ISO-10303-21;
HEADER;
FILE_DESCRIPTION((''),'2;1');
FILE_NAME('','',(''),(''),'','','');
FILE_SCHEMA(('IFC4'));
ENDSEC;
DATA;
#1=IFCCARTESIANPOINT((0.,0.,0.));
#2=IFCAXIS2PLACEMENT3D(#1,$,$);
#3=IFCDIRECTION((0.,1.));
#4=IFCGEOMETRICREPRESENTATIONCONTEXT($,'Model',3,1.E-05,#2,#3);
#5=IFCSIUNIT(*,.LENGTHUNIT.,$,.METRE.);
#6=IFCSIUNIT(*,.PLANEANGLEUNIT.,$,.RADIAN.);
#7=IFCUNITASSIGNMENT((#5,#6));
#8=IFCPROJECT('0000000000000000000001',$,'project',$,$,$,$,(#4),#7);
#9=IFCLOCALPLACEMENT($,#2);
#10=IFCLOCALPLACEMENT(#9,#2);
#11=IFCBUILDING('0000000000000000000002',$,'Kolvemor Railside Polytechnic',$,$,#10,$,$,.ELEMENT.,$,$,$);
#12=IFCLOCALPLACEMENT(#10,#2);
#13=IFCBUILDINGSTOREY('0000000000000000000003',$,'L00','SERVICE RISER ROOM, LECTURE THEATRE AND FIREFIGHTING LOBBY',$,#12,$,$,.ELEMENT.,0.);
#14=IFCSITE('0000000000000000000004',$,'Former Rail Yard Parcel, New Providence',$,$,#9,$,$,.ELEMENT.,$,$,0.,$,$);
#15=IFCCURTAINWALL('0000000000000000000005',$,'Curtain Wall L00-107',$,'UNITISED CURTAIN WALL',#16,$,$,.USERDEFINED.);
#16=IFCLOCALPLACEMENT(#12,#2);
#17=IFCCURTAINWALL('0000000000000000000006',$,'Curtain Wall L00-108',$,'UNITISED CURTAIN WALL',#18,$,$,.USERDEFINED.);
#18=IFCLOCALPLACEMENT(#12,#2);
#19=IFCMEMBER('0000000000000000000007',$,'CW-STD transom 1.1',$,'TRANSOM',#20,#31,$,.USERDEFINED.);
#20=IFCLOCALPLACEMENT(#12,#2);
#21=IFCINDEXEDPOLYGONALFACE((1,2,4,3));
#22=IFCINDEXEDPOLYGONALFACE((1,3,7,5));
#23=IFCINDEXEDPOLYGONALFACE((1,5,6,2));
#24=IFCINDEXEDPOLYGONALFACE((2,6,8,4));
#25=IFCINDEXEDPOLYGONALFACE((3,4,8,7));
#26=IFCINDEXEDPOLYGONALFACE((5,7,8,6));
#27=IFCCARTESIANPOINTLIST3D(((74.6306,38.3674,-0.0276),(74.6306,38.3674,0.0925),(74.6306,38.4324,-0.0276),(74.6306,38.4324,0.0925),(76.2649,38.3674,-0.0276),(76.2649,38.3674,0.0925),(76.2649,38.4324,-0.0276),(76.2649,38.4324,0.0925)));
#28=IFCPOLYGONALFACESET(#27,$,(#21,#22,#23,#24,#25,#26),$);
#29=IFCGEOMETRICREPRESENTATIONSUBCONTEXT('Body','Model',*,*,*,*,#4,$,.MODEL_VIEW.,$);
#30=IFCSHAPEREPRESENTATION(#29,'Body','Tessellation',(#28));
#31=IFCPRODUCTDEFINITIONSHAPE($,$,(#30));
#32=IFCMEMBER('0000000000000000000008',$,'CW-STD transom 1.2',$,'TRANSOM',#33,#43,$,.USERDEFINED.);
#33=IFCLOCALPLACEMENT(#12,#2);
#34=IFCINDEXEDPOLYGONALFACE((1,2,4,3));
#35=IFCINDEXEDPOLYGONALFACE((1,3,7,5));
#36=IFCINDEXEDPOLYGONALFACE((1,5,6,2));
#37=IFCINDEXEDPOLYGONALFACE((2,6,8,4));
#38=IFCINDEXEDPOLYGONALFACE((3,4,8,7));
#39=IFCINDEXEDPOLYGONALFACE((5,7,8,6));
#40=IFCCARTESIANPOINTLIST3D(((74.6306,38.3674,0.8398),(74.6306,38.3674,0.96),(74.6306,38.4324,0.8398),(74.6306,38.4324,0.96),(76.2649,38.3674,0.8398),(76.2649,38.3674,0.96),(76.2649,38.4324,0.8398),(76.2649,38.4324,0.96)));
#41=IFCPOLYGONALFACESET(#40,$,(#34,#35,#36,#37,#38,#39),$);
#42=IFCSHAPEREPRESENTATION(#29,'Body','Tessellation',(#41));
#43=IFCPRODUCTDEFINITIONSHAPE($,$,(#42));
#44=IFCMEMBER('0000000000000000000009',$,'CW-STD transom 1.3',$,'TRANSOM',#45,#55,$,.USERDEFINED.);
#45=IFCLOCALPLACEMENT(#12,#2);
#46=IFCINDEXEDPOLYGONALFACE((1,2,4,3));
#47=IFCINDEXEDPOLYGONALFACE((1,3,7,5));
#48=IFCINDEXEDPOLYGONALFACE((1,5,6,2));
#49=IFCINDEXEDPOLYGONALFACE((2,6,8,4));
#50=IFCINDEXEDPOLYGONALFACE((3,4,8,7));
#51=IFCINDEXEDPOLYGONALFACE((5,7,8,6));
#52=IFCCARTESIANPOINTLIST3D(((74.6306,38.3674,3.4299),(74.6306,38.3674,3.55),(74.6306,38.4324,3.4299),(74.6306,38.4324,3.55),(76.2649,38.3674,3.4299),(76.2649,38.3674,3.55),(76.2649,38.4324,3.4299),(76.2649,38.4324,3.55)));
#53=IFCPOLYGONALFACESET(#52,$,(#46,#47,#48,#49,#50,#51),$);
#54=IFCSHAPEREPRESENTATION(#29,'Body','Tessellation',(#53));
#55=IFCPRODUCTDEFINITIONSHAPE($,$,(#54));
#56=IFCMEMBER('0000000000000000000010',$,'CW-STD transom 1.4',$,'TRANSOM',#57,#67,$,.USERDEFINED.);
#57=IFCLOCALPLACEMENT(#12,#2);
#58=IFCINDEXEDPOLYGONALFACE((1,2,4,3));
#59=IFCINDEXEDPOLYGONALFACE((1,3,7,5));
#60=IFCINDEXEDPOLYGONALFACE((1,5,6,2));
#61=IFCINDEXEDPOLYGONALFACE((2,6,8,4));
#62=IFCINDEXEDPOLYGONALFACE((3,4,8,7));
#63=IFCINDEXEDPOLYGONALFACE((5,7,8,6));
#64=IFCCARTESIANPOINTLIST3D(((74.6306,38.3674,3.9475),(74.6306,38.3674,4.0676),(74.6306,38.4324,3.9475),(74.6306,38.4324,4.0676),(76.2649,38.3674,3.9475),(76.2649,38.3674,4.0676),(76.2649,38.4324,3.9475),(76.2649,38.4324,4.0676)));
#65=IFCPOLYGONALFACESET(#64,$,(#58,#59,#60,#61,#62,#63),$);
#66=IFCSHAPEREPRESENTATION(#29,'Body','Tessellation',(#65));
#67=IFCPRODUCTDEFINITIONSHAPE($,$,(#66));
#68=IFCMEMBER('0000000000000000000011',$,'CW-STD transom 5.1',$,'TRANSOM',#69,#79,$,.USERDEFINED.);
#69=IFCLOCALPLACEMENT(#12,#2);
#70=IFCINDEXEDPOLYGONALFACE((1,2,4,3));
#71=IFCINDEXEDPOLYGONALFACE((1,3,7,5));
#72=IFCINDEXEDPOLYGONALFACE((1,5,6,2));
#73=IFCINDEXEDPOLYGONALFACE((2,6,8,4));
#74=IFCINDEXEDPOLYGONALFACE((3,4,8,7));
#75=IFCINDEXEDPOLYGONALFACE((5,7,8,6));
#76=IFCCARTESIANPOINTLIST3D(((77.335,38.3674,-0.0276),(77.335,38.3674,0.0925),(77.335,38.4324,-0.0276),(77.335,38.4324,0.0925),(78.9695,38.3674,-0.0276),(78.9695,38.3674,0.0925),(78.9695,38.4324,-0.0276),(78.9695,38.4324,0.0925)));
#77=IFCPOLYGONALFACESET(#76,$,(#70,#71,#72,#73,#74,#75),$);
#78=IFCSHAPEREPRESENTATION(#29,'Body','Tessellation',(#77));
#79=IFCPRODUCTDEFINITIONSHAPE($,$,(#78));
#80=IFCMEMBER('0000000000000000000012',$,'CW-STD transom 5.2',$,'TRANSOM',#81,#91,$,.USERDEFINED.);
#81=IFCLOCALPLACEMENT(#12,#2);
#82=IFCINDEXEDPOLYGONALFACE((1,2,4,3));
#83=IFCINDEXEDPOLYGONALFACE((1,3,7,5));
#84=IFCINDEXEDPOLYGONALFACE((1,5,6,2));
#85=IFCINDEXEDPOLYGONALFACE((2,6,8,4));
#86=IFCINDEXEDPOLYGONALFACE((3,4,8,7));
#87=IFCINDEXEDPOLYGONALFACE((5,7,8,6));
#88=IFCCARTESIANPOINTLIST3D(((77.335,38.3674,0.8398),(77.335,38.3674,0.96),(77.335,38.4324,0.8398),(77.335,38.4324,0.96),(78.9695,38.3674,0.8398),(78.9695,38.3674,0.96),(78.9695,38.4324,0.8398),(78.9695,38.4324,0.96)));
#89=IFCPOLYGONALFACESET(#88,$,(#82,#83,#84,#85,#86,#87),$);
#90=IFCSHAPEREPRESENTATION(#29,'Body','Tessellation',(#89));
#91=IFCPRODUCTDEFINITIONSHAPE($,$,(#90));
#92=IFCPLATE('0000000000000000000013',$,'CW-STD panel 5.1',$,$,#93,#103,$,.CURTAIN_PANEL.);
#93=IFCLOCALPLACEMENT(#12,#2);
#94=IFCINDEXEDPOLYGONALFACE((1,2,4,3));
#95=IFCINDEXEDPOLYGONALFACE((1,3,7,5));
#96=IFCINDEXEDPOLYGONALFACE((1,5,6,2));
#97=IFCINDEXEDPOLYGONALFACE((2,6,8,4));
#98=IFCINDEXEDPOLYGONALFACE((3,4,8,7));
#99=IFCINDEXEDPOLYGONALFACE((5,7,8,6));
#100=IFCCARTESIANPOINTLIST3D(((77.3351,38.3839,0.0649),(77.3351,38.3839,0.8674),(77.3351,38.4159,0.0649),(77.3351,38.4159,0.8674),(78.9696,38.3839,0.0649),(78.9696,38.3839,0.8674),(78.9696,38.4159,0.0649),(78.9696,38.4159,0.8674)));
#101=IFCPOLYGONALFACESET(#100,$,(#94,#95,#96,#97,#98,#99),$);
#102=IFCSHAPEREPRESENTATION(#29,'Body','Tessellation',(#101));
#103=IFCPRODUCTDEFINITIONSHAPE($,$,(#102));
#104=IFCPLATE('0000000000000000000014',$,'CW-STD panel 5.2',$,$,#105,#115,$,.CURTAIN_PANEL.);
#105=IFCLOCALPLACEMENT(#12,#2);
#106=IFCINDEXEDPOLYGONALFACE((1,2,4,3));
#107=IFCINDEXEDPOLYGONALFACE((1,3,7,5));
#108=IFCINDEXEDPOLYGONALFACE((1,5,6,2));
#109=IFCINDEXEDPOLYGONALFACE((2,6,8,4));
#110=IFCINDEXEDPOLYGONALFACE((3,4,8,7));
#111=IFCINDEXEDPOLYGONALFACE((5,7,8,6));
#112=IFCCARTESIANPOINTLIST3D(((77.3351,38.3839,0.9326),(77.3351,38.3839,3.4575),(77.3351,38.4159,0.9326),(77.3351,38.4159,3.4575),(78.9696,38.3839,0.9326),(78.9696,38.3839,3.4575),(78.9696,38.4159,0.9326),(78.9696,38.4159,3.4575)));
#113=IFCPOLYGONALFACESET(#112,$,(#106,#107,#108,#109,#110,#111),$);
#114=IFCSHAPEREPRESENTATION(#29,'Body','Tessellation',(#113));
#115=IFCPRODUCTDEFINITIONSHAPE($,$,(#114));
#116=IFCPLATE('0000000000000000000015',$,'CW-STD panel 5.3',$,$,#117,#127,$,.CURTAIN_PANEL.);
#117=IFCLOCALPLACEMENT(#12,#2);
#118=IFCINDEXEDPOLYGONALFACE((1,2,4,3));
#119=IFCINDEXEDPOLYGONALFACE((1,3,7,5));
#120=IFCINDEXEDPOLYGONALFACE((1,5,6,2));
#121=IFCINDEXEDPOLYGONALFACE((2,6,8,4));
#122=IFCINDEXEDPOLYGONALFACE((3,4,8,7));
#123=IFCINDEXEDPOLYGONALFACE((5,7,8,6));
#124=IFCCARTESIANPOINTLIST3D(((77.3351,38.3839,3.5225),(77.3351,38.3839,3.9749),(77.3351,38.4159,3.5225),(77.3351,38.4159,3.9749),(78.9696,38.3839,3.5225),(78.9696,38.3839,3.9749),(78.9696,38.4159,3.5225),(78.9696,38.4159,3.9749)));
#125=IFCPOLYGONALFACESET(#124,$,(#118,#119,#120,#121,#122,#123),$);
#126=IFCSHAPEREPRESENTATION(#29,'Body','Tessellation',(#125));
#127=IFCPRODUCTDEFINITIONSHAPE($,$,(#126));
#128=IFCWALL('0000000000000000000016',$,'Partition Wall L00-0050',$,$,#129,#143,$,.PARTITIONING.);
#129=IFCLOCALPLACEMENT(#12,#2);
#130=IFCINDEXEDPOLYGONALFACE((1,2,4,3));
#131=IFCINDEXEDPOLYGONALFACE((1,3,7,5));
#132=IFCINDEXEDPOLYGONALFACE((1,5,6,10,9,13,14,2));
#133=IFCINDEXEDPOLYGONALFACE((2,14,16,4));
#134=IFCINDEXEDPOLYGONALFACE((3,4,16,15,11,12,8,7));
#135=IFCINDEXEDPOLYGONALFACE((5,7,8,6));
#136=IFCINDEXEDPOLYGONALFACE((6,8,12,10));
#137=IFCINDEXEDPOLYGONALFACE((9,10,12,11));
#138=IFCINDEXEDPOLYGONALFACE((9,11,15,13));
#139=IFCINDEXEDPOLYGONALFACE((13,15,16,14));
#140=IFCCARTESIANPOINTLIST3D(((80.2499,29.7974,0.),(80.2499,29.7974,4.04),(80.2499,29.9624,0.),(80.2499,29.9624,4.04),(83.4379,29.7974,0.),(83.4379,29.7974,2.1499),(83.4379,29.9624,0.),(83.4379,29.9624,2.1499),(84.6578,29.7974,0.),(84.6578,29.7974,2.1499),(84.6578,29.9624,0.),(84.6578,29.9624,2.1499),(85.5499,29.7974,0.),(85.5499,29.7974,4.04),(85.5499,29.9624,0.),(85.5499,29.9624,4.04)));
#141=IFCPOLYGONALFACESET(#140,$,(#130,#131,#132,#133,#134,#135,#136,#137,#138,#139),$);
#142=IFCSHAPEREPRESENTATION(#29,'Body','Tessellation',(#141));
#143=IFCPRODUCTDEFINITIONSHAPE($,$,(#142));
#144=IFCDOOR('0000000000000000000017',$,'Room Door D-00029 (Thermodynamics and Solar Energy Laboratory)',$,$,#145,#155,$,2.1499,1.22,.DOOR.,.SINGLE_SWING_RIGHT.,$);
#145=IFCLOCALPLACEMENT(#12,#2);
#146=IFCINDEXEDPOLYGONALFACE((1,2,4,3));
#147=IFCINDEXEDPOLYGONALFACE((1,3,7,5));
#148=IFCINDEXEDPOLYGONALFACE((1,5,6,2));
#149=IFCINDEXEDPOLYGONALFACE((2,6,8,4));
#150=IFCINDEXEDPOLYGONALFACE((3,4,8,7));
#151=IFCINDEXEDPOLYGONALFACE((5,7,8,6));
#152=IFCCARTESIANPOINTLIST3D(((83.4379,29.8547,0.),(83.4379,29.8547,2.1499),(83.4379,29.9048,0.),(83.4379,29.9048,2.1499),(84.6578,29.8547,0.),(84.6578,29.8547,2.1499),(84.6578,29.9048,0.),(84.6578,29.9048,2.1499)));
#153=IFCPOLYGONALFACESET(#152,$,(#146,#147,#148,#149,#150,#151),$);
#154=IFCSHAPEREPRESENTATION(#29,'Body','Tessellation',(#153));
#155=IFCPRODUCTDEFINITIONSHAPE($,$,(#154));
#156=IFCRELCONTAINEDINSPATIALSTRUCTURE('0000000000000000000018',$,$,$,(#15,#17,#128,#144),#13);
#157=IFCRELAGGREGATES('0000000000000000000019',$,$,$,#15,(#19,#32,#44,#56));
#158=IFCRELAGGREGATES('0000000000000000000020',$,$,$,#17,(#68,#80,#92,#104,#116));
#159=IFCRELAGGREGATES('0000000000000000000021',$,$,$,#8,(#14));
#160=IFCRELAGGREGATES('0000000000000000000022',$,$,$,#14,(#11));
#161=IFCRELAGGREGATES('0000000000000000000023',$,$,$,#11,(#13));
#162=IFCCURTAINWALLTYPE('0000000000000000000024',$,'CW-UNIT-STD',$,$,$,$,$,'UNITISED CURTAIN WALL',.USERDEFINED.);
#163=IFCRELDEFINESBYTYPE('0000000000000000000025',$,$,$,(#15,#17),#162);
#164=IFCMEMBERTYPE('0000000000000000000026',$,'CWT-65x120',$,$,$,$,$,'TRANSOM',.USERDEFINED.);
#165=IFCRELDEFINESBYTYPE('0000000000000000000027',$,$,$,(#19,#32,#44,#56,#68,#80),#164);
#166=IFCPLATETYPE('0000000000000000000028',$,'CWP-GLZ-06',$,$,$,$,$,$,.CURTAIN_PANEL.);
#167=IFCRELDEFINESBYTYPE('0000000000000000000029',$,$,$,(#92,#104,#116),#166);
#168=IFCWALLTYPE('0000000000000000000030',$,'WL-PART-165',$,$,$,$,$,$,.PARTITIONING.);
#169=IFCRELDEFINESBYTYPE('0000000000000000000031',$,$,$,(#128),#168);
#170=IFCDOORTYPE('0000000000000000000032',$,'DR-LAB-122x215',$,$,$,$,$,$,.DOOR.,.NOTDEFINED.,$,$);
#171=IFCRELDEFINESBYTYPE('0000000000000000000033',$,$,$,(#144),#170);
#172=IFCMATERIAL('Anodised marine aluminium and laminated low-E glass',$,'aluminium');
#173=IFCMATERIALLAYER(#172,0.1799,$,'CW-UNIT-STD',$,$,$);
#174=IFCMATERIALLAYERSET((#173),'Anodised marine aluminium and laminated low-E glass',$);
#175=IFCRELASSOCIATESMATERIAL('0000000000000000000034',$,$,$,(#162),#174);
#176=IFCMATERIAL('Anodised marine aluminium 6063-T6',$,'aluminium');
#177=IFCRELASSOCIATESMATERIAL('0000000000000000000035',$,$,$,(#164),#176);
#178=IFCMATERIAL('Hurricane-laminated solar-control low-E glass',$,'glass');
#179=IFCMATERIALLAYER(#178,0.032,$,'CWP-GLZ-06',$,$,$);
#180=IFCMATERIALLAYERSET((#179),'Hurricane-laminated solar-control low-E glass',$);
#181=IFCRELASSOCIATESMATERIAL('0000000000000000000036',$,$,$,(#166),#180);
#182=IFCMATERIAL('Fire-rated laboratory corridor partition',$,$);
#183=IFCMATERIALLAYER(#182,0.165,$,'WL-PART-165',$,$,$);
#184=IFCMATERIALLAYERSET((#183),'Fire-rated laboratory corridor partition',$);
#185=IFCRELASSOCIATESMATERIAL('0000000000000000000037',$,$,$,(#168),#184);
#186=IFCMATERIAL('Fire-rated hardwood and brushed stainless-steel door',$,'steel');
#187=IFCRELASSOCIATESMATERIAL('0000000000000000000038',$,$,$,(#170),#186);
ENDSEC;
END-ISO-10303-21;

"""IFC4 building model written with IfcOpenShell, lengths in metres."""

from ifc_helpers import new_model, si_unit, direction, frame, frame_2d, origin, origin_2d, place, context, subcontext, project, spatial, rectangle, extrude, material, layer, layer_set, material_profile, profile_set, type_object, element, fill, aggregate, save


model = new_model("IFC4")

# Units and contexts
model_context = context("Model", 3, precision=1e-05, world=origin(), true_north=direction((0.0, 1.0)))
body_context = subcontext(model_context, "Body", "Model", "MODEL_VIEW")
ifc_project = project(units=[si_unit("LENGTHUNIT", "METRE"), si_unit("PLANEANGLEUNIT", "RADIAN")], contexts=[model_context])

# Site, building, storey
site_placement = place(None, origin())
site = spatial("IfcSite", under=ifc_project, at=site_placement, Name="Former Rail Yard Parcel, New Providence", CompositionType="ELEMENT", RefElevation=0.0)
building_placement = place(site_placement, origin())
building = spatial("IfcBuilding", under=site, at=building_placement, Name="Kolvemor Railside Polytechnic", CompositionType="ELEMENT")
storey_placement = place(building_placement, origin())
storey = spatial("IfcBuildingStorey", under=building, at=storey_placement, Name="L00", Description="SERVICE RISER ROOM, LECTURE THEATRE AND FIREFIGHTING LOBBY", CompositionType="ELEMENT", Elevation=0.0)

# Curtain walls
ifc_material_1 = material(Name="Anodised marine aluminium and laminated low-E glass", Category="aluminium")
ifc_layer_1 = layer(ifc_material_1, 0.1799, Name="CW-UNIT-STD")
ifc_layer_set_1 = layer_set([ifc_layer_1], Name="Anodised marine aluminium and laminated low-E glass")
curtain_wall_type = type_object("IfcCurtainWallType", Name="CW-UNIT-STD", ElementType="UNITISED CURTAIN WALL", PredefinedType="USERDEFINED", material=ifc_layer_set_1)
curtain_wall_1_placement = place(storey_placement, origin())
curtain_wall_1 = element("IfcCurtainWall", 1, at=curtain_wall_1_placement, inside=storey, type_object=curtain_wall_type, Name="Curtain Wall L00-107", ObjectType="UNITISED CURTAIN WALL", PredefinedType="USERDEFINED")
curtain_wall_2_placement = place(storey_placement, origin())
curtain_wall_2 = element("IfcCurtainWall", 2, at=curtain_wall_2_placement, inside=storey, type_object=curtain_wall_type, Name="Curtain Wall L00-108", ObjectType="UNITISED CURTAIN WALL", PredefinedType="USERDEFINED")

# Members
ifc_material_2 = material(Name="Anodised marine aluminium 6063-T6", Category="aluminium")
ifc_material_profile_1 = material_profile(ifc_material_2, rectangle(XDim=0.0649, YDim=0.1201, at=origin_2d()), Name="CW-TRN-65x120")
ifc_profile_set_1 = profile_set([ifc_material_profile_1], Name="Anodised marine aluminium 6063-T6")
member_type_1 = type_object("IfcMemberType", Name="CWT-65x120", ElementType="TRANSOM", PredefinedType="USERDEFINED", material=ifc_profile_set_1)
member_1_placement = place(storey_placement, frame((76.2649, 38.3999, 0.0325), z_axis=(-1.0, 0.0, 0.0), x_axis=(0.0, -1.0, 0.0)))
member_1 = element("IfcMember", 3, at=member_1_placement, type_object=member_type_1, Name="CW-STD transom 1.1", ObjectType="TRANSOM", PredefinedType="USERDEFINED", context=body_context, shape_type="SweptSolid", body=[
    extrude(rectangle(XDim=0.0649, YDim=0.1201, at=origin_2d()), origin(), (0.0, 0.0, 1.0), 1.6343),
])
member_2_placement = place(storey_placement, frame((76.2649, 38.3999, 0.8999), z_axis=(-1.0, 0.0, 0.0), x_axis=(0.0, -1.0, 0.0)))
member_2 = element("IfcMember", 4, at=member_2_placement, type_object=member_type_1, Name="CW-STD transom 1.2", ObjectType="TRANSOM", PredefinedType="USERDEFINED", context=body_context, shape_type="SweptSolid", body=[
    extrude(rectangle(XDim=0.0649, YDim=0.1201, at=origin_2d()), origin(), (0.0, 0.0, 1.0), 1.6343),
])
member_3_placement = place(storey_placement, frame((76.2649, 38.3999, 3.49), z_axis=(-1.0, 0.0, 0.0), x_axis=(0.0, -1.0, 0.0)))
member_3 = element("IfcMember", 5, at=member_3_placement, type_object=member_type_1, Name="CW-STD transom 1.3", ObjectType="TRANSOM", PredefinedType="USERDEFINED", context=body_context, shape_type="SweptSolid", body=[
    extrude(rectangle(XDim=0.0649, YDim=0.1201, at=origin_2d()), origin(), (0.0, 0.0, 1.0), 1.6343),
])
member_4_placement = place(storey_placement, frame((76.2649, 38.3999, 4.0076), z_axis=(-1.0, 0.0, 0.0), x_axis=(0.0, -1.0, 0.0)))
member_4 = element("IfcMember", 6, at=member_4_placement, type_object=member_type_1, Name="CW-STD transom 1.4", ObjectType="TRANSOM", PredefinedType="USERDEFINED", context=body_context, shape_type="SweptSolid", body=[
    extrude(rectangle(XDim=0.0649, YDim=0.1201, at=origin_2d()), origin(), (0.0, 0.0, 1.0), 1.6343),
])
aggregate(curtain_wall_1, [member_1, member_2, member_3, member_4])
member_5_placement = place(storey_placement, frame((78.9695, 38.3999, 0.0325), z_axis=(-1.0, 0.0, 0.0), x_axis=(0.0, -1.0, 0.0)))
member_5 = element("IfcMember", 7, at=member_5_placement, type_object=member_type_1, Name="CW-STD transom 5.1", ObjectType="TRANSOM", PredefinedType="USERDEFINED", context=body_context, shape_type="SweptSolid", body=[
    extrude(rectangle(XDim=0.0649, YDim=0.1201, at=origin_2d()), origin(), (0.0, 0.0, 1.0), 1.6345),
])
member_6_placement = place(storey_placement, frame((78.9695, 38.3999, 0.8999), z_axis=(-1.0, 0.0, 0.0), x_axis=(0.0, -1.0, 0.0)))
member_6 = element("IfcMember", 8, at=member_6_placement, type_object=member_type_1, Name="CW-STD transom 5.2", ObjectType="TRANSOM", PredefinedType="USERDEFINED", context=body_context, shape_type="SweptSolid", body=[
    extrude(rectangle(XDim=0.0649, YDim=0.1201, at=origin_2d()), origin(), (0.0, 0.0, 1.0), 1.6345),
])

# Plates
ifc_material_3 = material(Name="Hurricane-laminated solar-control low-E glass", Category="glass")
ifc_layer_2 = layer(ifc_material_3, 0.032, Name="CWP-GLZ-06")
ifc_layer_set_2 = layer_set([ifc_layer_2], Name="Hurricane-laminated solar-control low-E glass")
plate_type = type_object("IfcPlateType", Name="CWP-GLZ-06", PredefinedType="CURTAIN_PANEL", material=ifc_layer_set_2)
plate_1_placement = place(storey_placement, frame((78.1523, 38.3999, 0.0649), z_axis=(0.0, 0.0, 1.0), x_axis=(-1.0, 0.0, 0.0)))
plate_1 = element("IfcPlate", 9, at=plate_1_placement, type_object=plate_type, Name="CW-STD panel 5.1", PredefinedType="CURTAIN_PANEL", context=body_context, shape_type="SweptSolid", body=[
    extrude(rectangle(XDim=1.6345, YDim=0.032, at=origin_2d()), origin(), (0.0, 0.0, 1.0), 0.8025),
])
plate_2_placement = place(storey_placement, frame((78.1523, 38.3999, 0.9326), z_axis=(0.0, 0.0, 1.0), x_axis=(-1.0, 0.0, 0.0)))
plate_2 = element("IfcPlate", 10, at=plate_2_placement, type_object=plate_type, Name="CW-STD panel 5.2", PredefinedType="CURTAIN_PANEL", context=body_context, shape_type="SweptSolid", body=[
    extrude(rectangle(XDim=1.6345, YDim=0.032, at=origin_2d()), origin(), (0.0, 0.0, 1.0), 2.5249),
])
plate_3_placement = place(storey_placement, frame((78.1523, 38.3999, 3.5225), z_axis=(0.0, 0.0, 1.0), x_axis=(-1.0, 0.0, 0.0)))
plate_3 = element("IfcPlate", 11, at=plate_3_placement, type_object=plate_type, Name="CW-STD panel 5.3", PredefinedType="CURTAIN_PANEL", context=body_context, shape_type="SweptSolid", body=[
    extrude(rectangle(XDim=1.6345, YDim=0.032, at=origin_2d()), origin(), (0.0, 0.0, 1.0), 0.4524),
])
aggregate(curtain_wall_2, [member_5, member_6, plate_1, plate_2, plate_3])

# Wall, opening, door
ifc_material_4 = material(Name="Fire-rated laboratory corridor partition")
ifc_layer_3 = layer(ifc_material_4, 0.165, Name="WL-PART-165")
ifc_layer_set_3 = layer_set([ifc_layer_3], Name="Fire-rated laboratory corridor partition")
wall_type = type_object("IfcWallType", Name="WL-PART-165", PredefinedType="PARTITIONING", material=ifc_layer_set_3)
wall_placement = place(storey_placement, frame((80.25, 29.8799, 0.0), z_axis=(0.0, 0.0, 1.0), x_axis=(1.0, 0.0, 0.0)))
wall = element("IfcWall", 12, at=wall_placement, inside=storey, type_object=wall_type, Name="Partition Wall L00-0050", PredefinedType="PARTITIONING", context=body_context, shape_type="SweptSolid", body=[
    extrude(rectangle(XDim=5.3, YDim=0.165, at=frame_2d((2.6499, 0.0))), origin(), (0.0, 0.0, 1.0), 4.04),
])
opening_placement = place(wall_placement, frame((3.188, 0.0, 0.0)))
opening = element("IfcOpeningElement", 13, at=opening_placement, cuts=wall, PredefinedType="OPENING", context=body_context, shape_type="SweptSolid", body=[
    extrude(rectangle(XDim=1.22, YDim=2.1499, at=frame_2d((0.6099, 1.075))), frame((0.0, 0.0925, 0.0), z_axis=(0.0, -1.0, 0.0), x_axis=(1.0, 0.0, 0.0)), (0.0, 0.0, 1.0), 0.1851),
])
ifc_material_5 = material(Name="Fire-rated hardwood and brushed stainless-steel door", Category="steel")
door_type = type_object("IfcDoorType", Name="DR-LAB-122x215", OperationType="NOTDEFINED", PredefinedType="DOOR", material=ifc_material_5)
door_placement = place(opening_placement, origin())
door = element("IfcDoor", 14, at=door_placement, inside=storey, type_object=door_type, Name="Room Door D-00029 (Thermodynamics and Solar Energy Laboratory)", OperationType="SINGLE_SWING_RIGHT", OverallHeight=2.1499, OverallWidth=1.22, PredefinedType="DOOR", context=body_context, shape_type="SweptSolid", body=[
    extrude(rectangle(XDim=1.22, YDim=2.1499, at=frame_2d((0.6099, 1.075))), frame((0.0, 0.0249, 0.0), z_axis=(0.0, -1.0, 0.0), x_axis=(1.0, 0.0, 0.0)), (0.0, 0.0, 1.0), 0.05),
])
fill(opening, door)

save(model, "model.ifc")
